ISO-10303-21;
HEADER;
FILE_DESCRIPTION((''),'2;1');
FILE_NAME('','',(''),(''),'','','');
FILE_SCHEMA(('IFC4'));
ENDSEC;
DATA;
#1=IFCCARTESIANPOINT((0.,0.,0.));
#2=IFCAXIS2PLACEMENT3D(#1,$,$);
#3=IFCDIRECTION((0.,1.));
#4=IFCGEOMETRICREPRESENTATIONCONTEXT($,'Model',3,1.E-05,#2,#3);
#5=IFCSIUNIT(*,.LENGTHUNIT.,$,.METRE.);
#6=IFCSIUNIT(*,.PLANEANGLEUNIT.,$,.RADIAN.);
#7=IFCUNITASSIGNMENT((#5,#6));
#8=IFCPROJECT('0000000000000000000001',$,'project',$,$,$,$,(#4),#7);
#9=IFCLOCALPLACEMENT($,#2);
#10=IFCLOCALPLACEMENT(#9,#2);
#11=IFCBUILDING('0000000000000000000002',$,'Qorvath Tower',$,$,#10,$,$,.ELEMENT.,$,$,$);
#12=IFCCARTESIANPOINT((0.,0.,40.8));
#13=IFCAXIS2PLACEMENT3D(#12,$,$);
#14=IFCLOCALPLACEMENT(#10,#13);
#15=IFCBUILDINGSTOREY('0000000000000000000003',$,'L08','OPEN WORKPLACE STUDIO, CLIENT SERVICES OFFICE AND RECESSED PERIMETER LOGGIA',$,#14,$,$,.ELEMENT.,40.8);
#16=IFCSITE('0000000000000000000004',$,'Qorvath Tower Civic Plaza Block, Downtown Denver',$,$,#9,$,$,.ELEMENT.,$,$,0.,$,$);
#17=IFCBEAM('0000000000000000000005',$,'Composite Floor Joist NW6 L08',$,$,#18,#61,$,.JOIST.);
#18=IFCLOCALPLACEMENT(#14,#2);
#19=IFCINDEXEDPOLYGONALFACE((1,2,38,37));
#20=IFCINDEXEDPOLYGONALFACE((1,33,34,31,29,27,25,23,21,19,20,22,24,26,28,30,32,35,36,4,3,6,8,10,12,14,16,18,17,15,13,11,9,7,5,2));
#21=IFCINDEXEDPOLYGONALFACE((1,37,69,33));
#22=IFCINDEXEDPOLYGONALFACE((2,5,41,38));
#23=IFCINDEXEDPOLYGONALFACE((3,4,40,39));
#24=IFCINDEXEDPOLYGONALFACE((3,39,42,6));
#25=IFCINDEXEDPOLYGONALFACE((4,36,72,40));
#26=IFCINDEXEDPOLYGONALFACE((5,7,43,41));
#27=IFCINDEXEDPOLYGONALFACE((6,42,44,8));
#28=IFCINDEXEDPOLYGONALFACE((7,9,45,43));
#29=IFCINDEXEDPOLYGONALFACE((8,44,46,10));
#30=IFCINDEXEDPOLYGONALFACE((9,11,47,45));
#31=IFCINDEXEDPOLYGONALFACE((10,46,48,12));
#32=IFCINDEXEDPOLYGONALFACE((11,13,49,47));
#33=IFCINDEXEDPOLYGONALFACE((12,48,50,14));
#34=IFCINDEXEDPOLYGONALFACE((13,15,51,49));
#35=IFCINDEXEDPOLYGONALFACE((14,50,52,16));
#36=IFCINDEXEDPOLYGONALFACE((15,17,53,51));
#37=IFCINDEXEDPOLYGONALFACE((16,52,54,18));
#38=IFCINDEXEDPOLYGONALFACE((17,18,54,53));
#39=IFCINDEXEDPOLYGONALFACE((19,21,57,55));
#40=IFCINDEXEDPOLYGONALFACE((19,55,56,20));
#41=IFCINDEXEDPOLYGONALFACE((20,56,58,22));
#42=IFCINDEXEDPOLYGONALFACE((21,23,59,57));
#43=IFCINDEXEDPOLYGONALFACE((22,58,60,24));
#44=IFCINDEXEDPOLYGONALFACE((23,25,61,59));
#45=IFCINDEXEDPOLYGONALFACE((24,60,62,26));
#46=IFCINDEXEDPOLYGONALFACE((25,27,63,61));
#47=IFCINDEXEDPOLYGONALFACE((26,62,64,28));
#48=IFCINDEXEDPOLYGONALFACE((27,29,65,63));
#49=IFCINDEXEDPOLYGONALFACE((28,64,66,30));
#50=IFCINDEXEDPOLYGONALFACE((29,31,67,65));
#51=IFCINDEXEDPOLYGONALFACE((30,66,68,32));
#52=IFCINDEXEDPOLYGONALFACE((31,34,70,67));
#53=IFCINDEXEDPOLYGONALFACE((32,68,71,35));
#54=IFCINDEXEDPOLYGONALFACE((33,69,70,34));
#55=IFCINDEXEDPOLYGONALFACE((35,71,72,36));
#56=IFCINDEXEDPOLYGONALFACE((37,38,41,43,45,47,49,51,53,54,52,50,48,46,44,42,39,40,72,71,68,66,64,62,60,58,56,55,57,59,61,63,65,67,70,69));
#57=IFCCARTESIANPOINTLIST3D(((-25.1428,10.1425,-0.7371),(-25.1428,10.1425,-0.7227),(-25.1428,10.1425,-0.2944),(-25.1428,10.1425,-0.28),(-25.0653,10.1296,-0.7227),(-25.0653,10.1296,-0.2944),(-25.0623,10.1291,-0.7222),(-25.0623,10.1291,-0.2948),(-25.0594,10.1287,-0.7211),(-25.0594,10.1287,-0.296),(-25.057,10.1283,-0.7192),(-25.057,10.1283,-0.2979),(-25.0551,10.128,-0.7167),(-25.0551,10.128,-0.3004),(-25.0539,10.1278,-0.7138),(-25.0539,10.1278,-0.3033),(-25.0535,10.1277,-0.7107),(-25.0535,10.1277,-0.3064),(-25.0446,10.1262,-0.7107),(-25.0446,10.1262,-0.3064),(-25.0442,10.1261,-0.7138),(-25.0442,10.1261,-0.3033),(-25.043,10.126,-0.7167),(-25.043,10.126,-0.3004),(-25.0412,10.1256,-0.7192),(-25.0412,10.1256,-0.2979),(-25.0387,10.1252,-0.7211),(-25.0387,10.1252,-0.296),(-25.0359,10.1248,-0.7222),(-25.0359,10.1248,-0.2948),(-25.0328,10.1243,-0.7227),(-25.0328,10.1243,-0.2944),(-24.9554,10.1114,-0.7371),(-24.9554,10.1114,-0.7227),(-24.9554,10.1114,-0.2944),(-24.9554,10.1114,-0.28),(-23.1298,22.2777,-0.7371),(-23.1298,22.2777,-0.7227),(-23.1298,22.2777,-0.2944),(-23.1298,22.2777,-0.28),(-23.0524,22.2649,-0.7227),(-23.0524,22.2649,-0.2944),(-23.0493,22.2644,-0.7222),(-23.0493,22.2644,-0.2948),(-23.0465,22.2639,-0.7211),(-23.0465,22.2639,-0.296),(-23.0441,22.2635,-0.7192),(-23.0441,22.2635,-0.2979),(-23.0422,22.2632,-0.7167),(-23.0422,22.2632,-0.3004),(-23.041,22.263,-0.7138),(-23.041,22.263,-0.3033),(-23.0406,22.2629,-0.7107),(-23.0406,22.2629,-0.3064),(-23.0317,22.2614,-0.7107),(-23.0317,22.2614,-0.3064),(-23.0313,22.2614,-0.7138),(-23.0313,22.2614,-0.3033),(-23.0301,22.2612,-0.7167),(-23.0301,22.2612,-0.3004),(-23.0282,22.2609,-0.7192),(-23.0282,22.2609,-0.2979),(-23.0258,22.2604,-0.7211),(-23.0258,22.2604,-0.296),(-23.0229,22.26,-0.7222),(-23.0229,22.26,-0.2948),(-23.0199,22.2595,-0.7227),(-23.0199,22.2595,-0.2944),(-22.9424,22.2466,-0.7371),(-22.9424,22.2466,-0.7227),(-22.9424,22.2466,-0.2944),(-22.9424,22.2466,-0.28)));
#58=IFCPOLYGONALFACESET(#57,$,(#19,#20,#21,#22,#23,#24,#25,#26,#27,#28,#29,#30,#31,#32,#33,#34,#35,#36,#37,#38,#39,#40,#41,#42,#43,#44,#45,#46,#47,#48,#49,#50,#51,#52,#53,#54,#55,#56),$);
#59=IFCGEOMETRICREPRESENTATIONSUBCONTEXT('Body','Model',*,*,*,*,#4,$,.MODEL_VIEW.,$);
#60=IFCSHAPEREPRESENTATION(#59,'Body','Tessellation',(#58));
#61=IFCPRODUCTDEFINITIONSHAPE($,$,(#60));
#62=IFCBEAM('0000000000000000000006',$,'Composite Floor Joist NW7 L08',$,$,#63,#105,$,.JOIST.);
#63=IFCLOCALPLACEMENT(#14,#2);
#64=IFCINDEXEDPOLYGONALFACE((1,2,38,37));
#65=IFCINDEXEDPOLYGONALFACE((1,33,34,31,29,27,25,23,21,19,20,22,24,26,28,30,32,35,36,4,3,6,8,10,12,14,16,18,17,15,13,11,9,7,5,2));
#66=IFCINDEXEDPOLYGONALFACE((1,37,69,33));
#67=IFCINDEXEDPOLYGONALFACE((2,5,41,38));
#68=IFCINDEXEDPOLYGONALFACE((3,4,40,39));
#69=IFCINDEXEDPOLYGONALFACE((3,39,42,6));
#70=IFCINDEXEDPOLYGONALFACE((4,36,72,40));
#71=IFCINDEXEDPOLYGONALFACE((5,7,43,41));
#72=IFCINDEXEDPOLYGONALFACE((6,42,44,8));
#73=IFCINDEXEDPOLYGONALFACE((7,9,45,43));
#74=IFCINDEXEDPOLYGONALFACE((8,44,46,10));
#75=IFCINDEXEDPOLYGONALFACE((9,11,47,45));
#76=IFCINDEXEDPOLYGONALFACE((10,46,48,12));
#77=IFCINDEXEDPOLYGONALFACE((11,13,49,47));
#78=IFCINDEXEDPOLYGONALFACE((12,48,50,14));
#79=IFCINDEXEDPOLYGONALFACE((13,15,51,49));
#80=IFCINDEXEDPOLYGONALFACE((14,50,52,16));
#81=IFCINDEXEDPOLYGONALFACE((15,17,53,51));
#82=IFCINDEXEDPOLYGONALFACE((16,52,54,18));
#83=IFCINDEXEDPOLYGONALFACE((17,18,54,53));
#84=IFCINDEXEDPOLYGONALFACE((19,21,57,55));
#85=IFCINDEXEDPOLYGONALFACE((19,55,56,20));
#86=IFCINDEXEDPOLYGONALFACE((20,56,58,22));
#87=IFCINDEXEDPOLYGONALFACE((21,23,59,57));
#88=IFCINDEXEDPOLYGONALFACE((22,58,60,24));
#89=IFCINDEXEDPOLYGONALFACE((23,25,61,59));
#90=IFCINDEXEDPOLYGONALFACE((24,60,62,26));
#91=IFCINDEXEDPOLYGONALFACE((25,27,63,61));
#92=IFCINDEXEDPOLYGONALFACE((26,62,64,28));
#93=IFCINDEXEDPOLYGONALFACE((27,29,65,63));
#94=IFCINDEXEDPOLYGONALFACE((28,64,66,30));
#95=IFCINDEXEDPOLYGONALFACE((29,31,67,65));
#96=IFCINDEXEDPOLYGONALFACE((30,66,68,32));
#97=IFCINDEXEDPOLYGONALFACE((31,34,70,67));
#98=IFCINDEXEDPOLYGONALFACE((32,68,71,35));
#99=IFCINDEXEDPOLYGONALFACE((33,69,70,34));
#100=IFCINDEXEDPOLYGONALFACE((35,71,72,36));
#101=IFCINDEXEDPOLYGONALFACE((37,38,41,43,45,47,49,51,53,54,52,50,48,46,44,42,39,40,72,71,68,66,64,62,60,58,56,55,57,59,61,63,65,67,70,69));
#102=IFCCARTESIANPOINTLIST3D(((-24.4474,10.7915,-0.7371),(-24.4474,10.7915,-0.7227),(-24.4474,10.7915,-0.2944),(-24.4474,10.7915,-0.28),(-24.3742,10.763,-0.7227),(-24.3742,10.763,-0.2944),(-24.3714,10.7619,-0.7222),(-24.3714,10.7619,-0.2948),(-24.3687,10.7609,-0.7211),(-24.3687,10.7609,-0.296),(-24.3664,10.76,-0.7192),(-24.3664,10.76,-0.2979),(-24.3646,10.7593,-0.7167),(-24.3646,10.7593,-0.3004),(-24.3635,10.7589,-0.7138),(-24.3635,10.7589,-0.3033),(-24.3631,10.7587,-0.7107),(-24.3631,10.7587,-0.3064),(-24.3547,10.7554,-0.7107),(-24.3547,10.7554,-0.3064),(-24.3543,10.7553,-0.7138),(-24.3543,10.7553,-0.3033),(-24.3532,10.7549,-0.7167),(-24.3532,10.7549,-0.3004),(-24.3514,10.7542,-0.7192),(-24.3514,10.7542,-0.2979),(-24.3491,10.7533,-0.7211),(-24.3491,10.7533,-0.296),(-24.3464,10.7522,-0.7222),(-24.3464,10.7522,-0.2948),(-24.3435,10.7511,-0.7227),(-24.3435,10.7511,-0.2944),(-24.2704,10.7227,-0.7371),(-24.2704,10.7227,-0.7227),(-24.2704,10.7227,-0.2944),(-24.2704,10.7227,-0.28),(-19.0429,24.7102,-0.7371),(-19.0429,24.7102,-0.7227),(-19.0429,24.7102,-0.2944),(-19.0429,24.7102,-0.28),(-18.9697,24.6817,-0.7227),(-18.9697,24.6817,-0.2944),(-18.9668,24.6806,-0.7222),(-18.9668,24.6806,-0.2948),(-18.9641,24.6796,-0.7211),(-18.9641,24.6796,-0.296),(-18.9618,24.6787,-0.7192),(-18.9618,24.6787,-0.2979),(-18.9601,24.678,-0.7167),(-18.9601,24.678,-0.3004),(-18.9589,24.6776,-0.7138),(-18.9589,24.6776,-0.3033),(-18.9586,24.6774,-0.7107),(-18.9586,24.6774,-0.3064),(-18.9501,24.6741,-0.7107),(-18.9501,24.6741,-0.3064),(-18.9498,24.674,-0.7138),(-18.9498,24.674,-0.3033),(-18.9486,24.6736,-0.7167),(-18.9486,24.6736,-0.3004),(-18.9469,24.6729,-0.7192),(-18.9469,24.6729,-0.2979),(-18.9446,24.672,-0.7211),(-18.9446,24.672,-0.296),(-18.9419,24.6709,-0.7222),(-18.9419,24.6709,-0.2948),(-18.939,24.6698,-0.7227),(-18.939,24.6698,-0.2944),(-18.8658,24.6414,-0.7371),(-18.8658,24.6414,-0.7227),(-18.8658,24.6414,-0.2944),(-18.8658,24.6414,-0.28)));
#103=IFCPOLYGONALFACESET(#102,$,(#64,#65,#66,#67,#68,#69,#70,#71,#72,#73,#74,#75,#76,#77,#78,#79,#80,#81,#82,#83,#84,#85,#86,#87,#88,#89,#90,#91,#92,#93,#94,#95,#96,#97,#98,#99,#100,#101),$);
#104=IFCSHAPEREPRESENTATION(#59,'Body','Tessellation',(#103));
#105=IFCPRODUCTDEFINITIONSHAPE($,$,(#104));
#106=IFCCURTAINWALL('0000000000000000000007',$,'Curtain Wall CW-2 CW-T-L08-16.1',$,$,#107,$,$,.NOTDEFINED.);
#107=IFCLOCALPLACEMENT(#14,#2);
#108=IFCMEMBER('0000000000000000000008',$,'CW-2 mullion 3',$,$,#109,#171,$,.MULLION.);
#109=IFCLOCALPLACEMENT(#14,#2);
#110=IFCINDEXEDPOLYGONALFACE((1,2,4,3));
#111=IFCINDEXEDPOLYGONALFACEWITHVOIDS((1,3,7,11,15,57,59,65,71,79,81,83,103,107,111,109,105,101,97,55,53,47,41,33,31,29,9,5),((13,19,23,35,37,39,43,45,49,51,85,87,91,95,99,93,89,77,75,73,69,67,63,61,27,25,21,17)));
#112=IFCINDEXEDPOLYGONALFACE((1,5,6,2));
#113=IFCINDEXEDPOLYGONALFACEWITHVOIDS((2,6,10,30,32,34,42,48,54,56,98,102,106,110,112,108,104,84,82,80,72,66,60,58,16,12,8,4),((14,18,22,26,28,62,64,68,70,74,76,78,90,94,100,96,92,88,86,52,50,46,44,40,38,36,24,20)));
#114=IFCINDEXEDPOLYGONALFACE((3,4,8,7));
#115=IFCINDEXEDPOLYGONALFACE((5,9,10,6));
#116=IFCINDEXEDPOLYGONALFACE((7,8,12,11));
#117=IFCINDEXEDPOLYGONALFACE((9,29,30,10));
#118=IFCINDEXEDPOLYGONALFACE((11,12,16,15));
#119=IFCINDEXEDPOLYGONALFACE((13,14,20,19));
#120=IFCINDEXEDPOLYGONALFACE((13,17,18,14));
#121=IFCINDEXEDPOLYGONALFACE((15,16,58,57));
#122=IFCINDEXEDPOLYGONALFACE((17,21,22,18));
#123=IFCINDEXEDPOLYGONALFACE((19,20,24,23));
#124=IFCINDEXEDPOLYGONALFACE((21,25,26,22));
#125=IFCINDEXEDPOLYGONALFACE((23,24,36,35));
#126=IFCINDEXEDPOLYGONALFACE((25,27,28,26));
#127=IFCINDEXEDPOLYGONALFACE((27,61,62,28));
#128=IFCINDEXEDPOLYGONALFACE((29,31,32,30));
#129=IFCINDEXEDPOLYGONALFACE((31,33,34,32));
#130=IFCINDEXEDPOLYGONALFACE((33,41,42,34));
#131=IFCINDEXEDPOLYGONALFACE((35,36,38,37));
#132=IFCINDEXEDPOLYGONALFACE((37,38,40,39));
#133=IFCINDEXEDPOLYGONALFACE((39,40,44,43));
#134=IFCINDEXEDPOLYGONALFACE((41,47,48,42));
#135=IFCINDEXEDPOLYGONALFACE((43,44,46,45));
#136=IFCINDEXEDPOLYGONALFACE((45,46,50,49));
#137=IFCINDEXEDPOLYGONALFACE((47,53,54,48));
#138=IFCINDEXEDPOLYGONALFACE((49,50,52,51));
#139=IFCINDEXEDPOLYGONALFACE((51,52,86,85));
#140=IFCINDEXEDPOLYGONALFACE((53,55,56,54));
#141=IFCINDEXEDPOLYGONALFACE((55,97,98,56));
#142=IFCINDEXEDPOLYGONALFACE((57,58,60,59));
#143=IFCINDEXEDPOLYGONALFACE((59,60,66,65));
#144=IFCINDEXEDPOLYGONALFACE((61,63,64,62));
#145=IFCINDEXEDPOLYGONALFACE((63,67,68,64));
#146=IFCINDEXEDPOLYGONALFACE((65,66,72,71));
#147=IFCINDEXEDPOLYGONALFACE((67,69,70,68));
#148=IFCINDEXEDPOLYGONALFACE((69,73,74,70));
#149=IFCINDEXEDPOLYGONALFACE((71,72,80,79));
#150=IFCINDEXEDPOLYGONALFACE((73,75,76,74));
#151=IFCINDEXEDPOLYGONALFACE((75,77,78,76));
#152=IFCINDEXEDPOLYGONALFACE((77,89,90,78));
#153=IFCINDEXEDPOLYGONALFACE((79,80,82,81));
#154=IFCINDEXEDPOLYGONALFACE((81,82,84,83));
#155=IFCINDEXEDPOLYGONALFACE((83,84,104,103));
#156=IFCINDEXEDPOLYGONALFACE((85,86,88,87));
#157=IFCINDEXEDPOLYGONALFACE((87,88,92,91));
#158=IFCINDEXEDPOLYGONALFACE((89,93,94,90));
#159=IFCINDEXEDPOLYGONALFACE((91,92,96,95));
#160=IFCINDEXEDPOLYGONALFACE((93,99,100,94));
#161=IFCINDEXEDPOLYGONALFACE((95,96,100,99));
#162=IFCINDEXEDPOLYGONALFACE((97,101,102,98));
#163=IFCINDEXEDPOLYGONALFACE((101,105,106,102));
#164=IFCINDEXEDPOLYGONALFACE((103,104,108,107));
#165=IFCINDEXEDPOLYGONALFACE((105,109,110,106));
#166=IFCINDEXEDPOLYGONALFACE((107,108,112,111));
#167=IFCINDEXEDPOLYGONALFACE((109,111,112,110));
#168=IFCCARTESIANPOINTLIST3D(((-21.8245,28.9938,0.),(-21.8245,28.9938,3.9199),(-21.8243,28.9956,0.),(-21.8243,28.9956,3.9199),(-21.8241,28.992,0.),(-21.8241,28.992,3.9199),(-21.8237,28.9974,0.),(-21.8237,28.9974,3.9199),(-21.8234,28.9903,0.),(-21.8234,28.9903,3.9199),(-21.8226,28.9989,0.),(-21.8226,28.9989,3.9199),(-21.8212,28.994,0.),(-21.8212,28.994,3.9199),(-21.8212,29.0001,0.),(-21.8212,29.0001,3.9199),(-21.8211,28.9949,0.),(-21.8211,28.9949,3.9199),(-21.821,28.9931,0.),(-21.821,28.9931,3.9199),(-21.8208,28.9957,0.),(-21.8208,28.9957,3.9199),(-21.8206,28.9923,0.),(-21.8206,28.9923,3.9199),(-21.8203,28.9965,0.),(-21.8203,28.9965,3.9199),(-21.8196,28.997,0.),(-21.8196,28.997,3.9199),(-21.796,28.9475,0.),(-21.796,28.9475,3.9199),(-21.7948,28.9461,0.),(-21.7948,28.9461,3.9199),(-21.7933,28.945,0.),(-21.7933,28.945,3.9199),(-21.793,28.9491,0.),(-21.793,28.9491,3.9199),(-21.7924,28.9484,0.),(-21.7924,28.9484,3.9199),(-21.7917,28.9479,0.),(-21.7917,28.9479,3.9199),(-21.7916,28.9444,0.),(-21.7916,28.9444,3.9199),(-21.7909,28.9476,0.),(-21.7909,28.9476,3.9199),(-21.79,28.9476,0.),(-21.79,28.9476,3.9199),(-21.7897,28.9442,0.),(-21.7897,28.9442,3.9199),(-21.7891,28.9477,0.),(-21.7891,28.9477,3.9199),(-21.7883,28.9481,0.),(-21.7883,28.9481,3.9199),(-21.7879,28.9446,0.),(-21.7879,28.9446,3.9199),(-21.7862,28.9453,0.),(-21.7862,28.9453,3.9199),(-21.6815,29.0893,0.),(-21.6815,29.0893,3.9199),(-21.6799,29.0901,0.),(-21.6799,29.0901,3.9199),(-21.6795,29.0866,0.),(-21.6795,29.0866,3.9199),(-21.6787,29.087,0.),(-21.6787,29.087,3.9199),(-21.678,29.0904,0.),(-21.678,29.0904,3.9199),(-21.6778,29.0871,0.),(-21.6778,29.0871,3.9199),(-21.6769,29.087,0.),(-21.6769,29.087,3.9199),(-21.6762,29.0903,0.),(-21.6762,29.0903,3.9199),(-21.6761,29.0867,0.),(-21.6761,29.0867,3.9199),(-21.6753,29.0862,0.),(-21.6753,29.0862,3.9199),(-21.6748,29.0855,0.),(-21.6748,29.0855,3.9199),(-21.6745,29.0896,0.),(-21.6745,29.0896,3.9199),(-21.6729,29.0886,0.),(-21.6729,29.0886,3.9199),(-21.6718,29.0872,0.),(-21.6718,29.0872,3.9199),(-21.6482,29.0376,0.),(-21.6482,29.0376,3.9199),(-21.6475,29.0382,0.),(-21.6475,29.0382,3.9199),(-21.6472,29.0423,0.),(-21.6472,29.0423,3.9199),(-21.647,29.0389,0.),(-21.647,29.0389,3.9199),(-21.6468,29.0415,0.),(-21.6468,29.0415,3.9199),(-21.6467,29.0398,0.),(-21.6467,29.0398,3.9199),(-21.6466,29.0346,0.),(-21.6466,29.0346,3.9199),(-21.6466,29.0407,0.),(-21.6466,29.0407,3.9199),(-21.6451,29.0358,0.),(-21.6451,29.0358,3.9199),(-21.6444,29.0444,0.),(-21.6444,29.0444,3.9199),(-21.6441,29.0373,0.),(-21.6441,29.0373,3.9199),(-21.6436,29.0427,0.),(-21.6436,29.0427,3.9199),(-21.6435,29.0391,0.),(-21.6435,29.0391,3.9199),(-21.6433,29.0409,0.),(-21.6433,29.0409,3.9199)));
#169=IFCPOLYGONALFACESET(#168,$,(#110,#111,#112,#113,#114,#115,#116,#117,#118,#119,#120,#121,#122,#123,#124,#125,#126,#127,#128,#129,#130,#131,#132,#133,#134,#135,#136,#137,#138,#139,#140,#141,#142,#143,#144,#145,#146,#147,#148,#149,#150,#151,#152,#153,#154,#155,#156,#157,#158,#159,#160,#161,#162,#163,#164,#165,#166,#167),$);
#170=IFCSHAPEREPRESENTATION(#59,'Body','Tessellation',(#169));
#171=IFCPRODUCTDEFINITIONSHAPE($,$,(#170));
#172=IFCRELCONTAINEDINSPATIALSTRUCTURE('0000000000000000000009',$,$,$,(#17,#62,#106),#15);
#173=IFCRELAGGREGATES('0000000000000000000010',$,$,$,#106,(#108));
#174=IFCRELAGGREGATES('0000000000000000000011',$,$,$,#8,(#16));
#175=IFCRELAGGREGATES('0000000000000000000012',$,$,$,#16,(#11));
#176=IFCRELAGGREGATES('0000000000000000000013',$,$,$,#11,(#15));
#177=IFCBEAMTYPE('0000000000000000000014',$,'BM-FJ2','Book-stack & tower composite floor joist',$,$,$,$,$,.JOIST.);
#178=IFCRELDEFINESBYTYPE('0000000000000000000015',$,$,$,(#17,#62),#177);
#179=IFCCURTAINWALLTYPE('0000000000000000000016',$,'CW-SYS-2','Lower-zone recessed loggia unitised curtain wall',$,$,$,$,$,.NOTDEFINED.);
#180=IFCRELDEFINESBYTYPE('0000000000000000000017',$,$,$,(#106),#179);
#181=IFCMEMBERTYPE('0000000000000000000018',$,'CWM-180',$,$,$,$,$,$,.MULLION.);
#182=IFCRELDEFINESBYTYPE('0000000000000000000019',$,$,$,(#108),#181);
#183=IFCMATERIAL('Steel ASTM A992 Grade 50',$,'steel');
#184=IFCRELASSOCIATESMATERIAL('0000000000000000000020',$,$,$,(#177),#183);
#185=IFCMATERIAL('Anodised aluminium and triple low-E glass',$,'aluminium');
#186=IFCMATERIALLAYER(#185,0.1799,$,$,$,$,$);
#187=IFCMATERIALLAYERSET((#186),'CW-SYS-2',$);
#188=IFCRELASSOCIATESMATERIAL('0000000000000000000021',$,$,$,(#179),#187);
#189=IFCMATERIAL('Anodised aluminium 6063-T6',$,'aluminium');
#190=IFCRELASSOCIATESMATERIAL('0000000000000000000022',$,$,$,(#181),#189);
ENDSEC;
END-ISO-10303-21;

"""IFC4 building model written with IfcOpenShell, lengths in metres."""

from ifc_helpers import new_model, si_unit, direction, frame, origin, origin_2d, place, context, subcontext, project, spatial, hollow_rectangle, i_section, extrude, material, layer, layer_set, material_profile, profile_set, type_object, element, aggregate, save


model = new_model("IFC4")

# Units and contexts
model_context = context("Model", 3, precision=1e-05, world=origin(), true_north=direction((0.0, 1.0)))
body_context = subcontext(model_context, "Body", "Model", "MODEL_VIEW")
ifc_project = project(units=[si_unit("LENGTHUNIT", "METRE"), si_unit("PLANEANGLEUNIT", "RADIAN")], contexts=[model_context])

# Site, building, storey
site_placement = place(None, origin())
site = spatial("IfcSite", under=ifc_project, at=site_placement, Name="Qorvath Tower Civic Plaza Block, Downtown Denver", CompositionType="ELEMENT", RefElevation=0.0)
building_placement = place(site_placement, origin())
building = spatial("IfcBuilding", under=site, at=building_placement, Name="Qorvath Tower", CompositionType="ELEMENT")
storey_placement = place(building_placement, frame((0.0, 0.0, 40.8)))
storey = spatial("IfcBuildingStorey", under=building, at=storey_placement, Name="L08", Description="OPEN WORKPLACE STUDIO, CLIENT SERVICES OFFICE AND RECESSED PERIMETER LOGGIA", CompositionType="ELEMENT", Elevation=40.8)

# Beams
ifc_material_1 = material(Name="Steel ASTM A992 Grade 50", Category="steel")
ifc_material_profile_1 = material_profile(ifc_material_1, i_section(OverallWidth=0.1899, OverallDepth=0.457, WebThickness=0.009, FlangeThickness=0.0144, FilletRadius=0.012, at=origin_2d()), Name="W18x50")
ifc_profile_set_1 = profile_set([ifc_material_profile_1], Name="Steel ASTM A992 Grade 50")
beam_type_1 = type_object("IfcBeamType", Name="BM-FJ2", Description="Book-stack & tower composite floor joist", PredefinedType="JOIST", material=ifc_profile_set_1)
beam_1_placement = place(storey_placement, frame((-25.0491, 10.127, -0.5085), z_axis=(0.163639, 0.98652, 0.0), x_axis=(-0.98652, 0.163639, 0.0)))
element("IfcBeam", 1, at=beam_1_placement, inside=storey, type_object=beam_type_1, Name="Composite Floor Joist NW6 L08", PredefinedType="JOIST", context=body_context, shape_type="SweptSolid", body=[
    extrude(i_section(OverallWidth=0.1899, OverallDepth=0.457, WebThickness=0.009, FlangeThickness=0.0144, FilletRadius=0.012, at=origin_2d()), origin(), (0.0, 0.0, 1.0), 12.301),
])
beam_2_placement = place(storey_placement, frame((-24.3589, 10.7571, -0.5085), z_axis=(0.361964, 0.932192, 0.0), x_axis=(-0.932192, 0.361964, 0.0)))
element("IfcBeam", 2, at=beam_2_placement, inside=storey, type_object=beam_type_1, Name="Composite Floor Joist NW7 L08", PredefinedType="JOIST", context=body_context, shape_type="SweptSolid", body=[
    extrude(i_section(OverallWidth=0.1899, OverallDepth=0.457, WebThickness=0.009, FlangeThickness=0.0144, FilletRadius=0.012, at=origin_2d()), origin(), (0.0, 0.0, 1.0), 14.9312),
])

# Curtain wall, member
ifc_material_2 = material(Name="Anodised aluminium and triple low-E glass", Category="aluminium")
ifc_layer_1 = layer(ifc_material_2, 0.1799)
ifc_layer_set_1 = layer_set([ifc_layer_1], Name="CW-SYS-2")
curtain_wall_type = type_object("IfcCurtainWallType", Name="CW-SYS-2", Description="Lower-zone recessed loggia unitised curtain wall", PredefinedType="NOTDEFINED", material=ifc_layer_set_1)
curtain_wall_1_placement = place(storey_placement, origin())
curtain_wall_1 = element("IfcCurtainWall", 3, at=curtain_wall_1_placement, inside=storey, type_object=curtain_wall_type, Name="Curtain Wall CW-2 CW-T-L08-16.1", PredefinedType="NOTDEFINED")
ifc_material_3 = material(Name="Anodised aluminium 6063-T6", Category="aluminium")
ifc_material_profile_2 = material_profile(ifc_material_3, hollow_rectangle(XDim=0.0649, YDim=0.1799, WallThickness=0.0034, InnerFilletRadius=0.0034, OuterFilletRadius=0.0071, at=origin_2d()), Name="CWM 180x65")
ifc_profile_set_2 = profile_set([ifc_material_profile_2], Name="Anodised aluminium 6063-T6")
member_type_1 = type_object("IfcMemberType", Name="CWM-180", PredefinedType="MULLION", material=ifc_profile_set_2)
member_1_placement = place(storey_placement, frame((-21.7339, 29.0173, 0.0), z_axis=(0.0, 0.0, 1.0), x_axis=(0.538533, -0.842604, 0.0)))
member_1 = element("IfcMember", 4, at=member_1_placement, type_object=member_type_1, Name="CW-2 mullion 3", PredefinedType="MULLION", context=body_context, shape_type="SweptSolid", body=[
    extrude(hollow_rectangle(XDim=0.0649, YDim=0.1799, WallThickness=0.0034, InnerFilletRadius=0.0034, OuterFilletRadius=0.0071, at=origin_2d()), origin(), (0.0, 0.0, 1.0), 3.9199),
])
aggregate(curtain_wall_1, [member_1])

save(model, "model.ifc")
